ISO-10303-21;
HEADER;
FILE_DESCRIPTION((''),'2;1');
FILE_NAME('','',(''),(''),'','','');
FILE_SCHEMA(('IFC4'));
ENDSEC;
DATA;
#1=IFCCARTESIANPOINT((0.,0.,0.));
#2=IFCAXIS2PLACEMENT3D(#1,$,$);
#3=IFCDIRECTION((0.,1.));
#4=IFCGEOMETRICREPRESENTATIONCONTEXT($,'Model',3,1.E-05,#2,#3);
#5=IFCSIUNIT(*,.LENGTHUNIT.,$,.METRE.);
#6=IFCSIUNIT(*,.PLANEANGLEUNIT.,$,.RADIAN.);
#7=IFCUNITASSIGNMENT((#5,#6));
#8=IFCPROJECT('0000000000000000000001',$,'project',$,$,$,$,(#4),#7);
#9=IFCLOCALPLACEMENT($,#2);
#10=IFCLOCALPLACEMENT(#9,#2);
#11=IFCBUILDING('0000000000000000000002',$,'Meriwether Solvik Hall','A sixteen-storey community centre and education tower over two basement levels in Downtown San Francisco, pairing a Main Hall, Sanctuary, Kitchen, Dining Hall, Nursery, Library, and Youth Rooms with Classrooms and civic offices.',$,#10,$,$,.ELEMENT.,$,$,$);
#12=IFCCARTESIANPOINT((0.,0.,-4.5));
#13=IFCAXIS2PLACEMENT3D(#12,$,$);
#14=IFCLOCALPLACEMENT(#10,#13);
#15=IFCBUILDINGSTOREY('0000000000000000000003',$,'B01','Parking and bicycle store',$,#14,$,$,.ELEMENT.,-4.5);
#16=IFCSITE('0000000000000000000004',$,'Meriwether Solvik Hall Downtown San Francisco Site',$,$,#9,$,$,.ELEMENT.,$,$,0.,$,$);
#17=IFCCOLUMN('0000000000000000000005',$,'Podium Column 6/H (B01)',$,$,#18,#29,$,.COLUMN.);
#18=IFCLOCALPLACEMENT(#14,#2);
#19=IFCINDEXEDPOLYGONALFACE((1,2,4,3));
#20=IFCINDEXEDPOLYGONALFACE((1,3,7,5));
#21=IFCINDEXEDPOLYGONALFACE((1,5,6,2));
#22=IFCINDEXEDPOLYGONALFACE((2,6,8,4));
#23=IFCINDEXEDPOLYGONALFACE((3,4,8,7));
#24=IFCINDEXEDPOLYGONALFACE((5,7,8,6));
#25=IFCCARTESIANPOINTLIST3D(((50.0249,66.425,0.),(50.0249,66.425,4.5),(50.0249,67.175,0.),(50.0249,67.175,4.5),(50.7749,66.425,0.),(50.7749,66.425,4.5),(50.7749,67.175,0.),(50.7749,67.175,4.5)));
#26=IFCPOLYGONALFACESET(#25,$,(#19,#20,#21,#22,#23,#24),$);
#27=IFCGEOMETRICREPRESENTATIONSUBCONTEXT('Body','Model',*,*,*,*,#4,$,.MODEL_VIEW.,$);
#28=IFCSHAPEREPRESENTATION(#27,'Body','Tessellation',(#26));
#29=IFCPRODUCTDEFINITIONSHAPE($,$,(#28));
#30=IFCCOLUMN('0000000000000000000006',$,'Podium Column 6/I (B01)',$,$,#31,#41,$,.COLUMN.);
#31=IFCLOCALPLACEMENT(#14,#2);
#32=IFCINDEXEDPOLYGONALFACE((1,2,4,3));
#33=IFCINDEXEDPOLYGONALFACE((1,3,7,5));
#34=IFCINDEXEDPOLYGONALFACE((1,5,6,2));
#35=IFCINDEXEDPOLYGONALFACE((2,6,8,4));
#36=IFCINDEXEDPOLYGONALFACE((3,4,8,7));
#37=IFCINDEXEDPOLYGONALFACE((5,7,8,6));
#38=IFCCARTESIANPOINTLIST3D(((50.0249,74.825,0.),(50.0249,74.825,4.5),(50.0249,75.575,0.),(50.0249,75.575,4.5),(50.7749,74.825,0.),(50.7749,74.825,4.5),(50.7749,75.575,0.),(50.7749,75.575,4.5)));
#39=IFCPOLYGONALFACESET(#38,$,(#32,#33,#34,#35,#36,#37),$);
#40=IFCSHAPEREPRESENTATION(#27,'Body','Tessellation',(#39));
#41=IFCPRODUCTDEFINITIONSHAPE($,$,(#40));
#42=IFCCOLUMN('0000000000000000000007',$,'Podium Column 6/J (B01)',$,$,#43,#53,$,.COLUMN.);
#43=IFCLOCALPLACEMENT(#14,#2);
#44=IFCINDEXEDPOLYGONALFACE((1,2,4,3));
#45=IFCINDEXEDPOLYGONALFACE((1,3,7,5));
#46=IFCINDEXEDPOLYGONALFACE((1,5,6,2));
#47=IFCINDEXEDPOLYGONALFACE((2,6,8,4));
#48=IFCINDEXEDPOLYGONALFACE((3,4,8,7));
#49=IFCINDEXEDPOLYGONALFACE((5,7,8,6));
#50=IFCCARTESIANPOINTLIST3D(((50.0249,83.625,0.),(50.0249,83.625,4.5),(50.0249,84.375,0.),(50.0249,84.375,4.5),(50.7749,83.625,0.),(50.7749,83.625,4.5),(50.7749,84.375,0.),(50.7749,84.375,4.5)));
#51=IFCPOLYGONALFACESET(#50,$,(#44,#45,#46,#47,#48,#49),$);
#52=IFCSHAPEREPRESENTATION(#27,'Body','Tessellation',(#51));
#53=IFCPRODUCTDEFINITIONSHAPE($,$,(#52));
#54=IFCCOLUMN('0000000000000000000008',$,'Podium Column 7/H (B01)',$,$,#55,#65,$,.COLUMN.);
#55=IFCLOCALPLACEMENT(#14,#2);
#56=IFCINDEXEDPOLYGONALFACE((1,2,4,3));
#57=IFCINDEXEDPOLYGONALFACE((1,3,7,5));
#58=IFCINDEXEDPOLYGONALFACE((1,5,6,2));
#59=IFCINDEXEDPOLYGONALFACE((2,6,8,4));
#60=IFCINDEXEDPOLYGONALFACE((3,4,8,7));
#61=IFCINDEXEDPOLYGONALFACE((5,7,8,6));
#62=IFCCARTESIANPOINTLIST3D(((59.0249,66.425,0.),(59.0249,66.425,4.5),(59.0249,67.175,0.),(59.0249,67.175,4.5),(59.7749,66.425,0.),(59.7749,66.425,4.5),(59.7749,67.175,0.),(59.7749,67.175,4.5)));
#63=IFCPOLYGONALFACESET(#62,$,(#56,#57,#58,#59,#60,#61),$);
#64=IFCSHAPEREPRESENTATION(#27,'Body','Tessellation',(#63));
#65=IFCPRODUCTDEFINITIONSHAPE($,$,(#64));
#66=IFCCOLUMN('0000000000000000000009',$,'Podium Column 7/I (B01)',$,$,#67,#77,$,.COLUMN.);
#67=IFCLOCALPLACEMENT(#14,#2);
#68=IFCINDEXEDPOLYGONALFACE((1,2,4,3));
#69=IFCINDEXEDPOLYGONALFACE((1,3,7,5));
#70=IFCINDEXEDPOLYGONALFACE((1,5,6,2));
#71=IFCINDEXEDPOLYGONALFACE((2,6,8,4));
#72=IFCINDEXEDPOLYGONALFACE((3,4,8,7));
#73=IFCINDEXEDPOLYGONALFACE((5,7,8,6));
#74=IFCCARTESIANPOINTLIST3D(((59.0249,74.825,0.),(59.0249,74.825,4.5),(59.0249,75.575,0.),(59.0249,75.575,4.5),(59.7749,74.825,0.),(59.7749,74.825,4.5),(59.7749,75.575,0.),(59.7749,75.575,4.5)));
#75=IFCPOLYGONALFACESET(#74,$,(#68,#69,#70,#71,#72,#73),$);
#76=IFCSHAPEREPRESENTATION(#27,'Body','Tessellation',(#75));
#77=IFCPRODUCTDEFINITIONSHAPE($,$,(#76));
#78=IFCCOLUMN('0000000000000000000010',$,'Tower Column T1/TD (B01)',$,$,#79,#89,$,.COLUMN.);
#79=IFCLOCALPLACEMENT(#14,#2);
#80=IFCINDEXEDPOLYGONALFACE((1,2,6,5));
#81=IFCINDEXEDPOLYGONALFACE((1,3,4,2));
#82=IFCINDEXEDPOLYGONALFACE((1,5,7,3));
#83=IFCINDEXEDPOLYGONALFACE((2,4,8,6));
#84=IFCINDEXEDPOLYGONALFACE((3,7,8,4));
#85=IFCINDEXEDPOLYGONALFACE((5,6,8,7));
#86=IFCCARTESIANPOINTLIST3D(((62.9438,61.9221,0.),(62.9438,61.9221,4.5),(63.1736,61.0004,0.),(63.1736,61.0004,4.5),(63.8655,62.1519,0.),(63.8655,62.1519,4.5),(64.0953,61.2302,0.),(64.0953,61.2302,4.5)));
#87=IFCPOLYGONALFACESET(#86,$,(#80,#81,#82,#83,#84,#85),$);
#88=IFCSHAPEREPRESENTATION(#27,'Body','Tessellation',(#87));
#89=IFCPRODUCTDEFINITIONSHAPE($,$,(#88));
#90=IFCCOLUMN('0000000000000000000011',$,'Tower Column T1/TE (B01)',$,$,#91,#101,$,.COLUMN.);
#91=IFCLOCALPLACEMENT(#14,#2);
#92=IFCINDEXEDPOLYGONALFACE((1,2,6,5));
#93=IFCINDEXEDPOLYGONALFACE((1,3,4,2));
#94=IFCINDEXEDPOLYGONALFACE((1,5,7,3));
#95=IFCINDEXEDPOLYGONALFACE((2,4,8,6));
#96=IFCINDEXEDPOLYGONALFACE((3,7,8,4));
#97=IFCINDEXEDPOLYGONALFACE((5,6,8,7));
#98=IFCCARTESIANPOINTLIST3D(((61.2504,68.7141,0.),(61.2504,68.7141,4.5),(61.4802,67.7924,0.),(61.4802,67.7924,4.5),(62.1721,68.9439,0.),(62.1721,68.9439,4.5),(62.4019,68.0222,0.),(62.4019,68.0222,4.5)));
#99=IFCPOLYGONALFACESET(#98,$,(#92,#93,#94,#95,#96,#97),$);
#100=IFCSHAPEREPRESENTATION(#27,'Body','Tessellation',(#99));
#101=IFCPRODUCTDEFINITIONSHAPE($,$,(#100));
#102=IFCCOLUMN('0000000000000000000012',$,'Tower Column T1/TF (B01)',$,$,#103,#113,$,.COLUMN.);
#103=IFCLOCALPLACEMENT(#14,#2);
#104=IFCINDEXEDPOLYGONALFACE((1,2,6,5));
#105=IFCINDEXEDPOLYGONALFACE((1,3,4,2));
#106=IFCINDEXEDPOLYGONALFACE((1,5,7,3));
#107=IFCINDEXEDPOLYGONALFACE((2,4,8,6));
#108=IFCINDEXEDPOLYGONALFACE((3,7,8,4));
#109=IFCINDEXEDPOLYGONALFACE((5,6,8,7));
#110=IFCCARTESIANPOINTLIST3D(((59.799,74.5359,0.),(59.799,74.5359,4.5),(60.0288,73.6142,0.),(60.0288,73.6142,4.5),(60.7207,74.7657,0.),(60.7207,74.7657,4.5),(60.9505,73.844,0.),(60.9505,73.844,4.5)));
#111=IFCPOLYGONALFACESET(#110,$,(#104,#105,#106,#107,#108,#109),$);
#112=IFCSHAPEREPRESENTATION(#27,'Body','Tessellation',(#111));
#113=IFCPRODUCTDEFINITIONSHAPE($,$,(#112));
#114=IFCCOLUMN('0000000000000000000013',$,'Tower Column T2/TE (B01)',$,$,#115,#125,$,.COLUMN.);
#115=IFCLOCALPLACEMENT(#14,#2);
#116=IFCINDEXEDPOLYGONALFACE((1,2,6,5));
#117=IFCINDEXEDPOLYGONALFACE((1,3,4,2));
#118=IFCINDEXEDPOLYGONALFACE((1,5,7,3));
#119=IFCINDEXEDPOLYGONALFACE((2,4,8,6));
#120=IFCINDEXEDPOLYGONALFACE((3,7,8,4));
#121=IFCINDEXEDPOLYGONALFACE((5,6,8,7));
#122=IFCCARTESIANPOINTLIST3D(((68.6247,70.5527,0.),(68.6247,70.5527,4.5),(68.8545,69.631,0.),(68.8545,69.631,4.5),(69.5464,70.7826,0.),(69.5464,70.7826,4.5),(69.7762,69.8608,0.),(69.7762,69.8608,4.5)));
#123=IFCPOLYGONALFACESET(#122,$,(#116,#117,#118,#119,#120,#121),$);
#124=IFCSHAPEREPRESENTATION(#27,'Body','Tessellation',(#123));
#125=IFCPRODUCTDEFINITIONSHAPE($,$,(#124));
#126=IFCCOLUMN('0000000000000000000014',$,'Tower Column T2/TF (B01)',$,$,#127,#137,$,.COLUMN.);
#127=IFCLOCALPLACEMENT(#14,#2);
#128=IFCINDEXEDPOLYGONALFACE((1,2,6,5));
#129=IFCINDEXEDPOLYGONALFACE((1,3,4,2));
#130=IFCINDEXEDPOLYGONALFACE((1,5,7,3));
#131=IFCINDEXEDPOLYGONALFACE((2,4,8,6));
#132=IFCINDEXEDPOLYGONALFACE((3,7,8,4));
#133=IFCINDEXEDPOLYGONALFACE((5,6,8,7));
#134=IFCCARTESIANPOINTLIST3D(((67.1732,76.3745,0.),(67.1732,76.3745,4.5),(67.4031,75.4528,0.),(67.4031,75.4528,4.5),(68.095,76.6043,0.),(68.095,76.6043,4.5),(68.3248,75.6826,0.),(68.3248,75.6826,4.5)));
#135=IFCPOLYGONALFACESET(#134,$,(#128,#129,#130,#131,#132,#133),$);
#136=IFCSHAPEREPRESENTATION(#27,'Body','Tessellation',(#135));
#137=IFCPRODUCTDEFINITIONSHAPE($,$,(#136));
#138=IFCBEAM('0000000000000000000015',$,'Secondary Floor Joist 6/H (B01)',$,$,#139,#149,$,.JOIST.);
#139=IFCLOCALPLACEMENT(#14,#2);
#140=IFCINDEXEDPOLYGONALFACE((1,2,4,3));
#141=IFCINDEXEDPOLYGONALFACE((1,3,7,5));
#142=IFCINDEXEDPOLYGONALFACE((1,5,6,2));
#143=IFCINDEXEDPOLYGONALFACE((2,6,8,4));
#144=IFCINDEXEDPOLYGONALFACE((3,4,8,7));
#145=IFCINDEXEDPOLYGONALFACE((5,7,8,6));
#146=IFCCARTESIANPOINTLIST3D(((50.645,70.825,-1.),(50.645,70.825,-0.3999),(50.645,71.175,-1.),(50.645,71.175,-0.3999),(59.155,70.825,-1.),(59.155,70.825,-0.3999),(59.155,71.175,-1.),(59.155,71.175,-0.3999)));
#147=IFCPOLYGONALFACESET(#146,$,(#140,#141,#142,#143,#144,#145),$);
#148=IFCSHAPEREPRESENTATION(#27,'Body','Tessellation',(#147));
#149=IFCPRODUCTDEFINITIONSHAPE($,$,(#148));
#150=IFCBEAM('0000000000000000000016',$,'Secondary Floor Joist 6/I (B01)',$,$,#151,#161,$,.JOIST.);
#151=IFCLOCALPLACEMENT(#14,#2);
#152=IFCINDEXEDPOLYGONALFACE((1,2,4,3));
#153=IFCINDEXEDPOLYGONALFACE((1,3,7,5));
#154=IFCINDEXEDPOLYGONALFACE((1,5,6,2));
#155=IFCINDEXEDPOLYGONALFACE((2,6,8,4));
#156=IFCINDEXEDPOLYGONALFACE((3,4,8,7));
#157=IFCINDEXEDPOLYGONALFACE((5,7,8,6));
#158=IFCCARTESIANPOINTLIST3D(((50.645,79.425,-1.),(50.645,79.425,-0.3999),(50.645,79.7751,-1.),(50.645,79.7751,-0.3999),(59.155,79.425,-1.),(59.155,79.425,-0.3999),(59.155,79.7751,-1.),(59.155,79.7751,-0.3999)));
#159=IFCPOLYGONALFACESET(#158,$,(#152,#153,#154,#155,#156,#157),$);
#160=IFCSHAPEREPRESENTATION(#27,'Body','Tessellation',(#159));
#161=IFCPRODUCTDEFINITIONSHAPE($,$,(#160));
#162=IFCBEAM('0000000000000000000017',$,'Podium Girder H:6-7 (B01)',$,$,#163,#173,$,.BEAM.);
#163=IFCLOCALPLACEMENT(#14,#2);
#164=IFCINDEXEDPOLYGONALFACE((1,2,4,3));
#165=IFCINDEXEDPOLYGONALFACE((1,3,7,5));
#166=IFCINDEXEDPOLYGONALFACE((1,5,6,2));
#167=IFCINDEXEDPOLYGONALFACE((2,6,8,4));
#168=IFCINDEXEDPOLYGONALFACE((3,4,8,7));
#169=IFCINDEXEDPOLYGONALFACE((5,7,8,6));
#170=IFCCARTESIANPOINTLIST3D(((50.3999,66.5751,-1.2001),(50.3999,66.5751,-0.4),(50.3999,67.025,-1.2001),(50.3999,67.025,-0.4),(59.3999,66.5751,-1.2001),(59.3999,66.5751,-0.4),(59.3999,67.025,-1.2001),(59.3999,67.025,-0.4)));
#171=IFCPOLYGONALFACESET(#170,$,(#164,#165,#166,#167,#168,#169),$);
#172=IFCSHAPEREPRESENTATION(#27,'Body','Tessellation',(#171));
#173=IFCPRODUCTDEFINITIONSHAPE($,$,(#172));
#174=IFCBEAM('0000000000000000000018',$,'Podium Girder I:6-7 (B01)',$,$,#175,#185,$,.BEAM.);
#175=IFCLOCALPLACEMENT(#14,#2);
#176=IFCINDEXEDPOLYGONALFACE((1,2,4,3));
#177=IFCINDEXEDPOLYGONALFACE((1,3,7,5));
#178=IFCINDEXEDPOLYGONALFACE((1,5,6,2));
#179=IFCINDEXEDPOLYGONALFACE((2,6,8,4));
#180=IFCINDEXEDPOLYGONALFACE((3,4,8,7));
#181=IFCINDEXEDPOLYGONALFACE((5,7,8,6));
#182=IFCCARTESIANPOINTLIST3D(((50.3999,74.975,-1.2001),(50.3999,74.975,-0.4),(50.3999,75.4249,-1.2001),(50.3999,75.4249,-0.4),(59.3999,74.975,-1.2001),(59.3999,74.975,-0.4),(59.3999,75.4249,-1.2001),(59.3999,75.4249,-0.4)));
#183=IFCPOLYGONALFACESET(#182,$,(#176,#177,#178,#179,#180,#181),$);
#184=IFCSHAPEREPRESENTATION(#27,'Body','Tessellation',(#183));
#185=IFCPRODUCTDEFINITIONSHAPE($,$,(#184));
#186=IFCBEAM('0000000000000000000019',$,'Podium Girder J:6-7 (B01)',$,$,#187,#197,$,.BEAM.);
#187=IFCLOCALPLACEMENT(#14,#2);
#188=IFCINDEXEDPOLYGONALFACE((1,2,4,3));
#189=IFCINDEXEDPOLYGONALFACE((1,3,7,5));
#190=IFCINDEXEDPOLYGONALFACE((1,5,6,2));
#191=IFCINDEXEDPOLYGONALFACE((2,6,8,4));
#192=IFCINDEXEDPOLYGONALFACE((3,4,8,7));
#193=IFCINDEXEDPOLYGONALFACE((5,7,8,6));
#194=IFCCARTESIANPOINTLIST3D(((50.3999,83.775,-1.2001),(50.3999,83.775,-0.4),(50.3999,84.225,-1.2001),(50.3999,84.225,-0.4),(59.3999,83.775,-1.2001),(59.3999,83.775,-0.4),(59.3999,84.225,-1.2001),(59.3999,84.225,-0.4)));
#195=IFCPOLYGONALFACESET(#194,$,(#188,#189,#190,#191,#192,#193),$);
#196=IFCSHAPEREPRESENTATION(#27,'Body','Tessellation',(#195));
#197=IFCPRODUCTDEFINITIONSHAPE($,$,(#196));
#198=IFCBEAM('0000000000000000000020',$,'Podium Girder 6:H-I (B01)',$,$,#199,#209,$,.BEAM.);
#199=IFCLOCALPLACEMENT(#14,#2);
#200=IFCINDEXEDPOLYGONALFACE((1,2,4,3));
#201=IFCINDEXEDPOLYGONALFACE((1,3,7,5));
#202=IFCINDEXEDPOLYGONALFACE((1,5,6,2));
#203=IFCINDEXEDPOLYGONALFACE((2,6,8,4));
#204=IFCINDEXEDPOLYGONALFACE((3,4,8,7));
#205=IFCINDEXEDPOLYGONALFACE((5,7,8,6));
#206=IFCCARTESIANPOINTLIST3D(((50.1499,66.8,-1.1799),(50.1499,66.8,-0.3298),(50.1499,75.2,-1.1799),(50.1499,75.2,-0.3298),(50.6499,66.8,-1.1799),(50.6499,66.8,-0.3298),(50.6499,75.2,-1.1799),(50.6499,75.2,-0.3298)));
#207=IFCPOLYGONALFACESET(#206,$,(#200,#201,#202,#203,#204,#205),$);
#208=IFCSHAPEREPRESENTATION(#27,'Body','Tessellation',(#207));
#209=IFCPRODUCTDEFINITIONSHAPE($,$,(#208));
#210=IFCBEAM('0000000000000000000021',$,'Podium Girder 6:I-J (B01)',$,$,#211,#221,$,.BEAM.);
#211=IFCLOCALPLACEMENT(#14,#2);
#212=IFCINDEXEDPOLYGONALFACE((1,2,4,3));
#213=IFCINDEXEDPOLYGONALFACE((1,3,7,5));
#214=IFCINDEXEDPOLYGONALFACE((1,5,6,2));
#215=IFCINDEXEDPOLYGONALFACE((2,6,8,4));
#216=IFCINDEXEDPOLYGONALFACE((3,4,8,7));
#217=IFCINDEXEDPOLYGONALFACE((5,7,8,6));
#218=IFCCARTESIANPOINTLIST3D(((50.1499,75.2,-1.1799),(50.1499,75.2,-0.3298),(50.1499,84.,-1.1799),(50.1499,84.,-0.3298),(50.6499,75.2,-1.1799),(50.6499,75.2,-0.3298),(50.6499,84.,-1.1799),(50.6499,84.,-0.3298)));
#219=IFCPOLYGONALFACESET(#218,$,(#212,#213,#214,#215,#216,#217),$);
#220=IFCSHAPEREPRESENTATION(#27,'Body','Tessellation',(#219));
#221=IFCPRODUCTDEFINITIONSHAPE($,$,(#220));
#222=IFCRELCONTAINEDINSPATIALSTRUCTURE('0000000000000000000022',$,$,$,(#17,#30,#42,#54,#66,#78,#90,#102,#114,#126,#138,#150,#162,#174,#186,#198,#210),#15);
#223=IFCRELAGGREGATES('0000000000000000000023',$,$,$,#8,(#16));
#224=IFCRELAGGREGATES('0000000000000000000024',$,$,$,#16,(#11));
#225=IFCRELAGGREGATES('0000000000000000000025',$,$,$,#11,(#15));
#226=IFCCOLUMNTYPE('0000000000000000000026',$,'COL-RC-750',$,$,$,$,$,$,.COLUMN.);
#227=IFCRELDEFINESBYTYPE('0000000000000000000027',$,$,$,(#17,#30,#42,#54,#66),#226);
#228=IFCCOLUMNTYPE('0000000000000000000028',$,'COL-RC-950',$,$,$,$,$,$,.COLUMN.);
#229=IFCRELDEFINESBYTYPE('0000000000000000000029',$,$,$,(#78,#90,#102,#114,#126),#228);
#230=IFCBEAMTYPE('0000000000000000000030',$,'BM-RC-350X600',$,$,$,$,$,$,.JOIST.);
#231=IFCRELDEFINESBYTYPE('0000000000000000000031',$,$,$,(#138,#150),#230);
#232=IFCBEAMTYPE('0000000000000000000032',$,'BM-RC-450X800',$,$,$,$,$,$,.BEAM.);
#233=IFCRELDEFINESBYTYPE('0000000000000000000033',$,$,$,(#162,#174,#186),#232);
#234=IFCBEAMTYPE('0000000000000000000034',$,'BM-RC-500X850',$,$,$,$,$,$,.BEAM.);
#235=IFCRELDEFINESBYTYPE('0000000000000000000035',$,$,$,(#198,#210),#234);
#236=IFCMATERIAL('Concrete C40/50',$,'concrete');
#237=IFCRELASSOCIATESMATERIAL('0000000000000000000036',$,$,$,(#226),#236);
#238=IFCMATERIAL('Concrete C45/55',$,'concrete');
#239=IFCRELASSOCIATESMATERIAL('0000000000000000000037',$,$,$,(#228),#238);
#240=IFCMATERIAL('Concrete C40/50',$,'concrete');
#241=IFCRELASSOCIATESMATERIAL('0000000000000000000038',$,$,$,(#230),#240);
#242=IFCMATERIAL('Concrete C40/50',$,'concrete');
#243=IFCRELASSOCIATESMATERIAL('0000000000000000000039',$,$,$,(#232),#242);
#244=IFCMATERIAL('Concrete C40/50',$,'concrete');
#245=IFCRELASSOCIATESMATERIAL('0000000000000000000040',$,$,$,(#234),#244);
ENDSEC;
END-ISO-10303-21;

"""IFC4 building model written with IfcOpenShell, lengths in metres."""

from ifc_helpers import new_model, si_unit, direction, frame, origin, origin_2d, place, context, subcontext, project, spatial, rectangle, extrude, material, material_profile, profile_set, type_object, element, save


model = new_model("IFC4")

# Units and contexts
model_context = context("Model", 3, precision=1e-05, world=origin(), true_north=direction((0.0, 1.0)))
body_context = subcontext(model_context, "Body", "Model", "MODEL_VIEW")
ifc_project = project(units=[si_unit("LENGTHUNIT", "METRE"), si_unit("PLANEANGLEUNIT", "RADIAN")], contexts=[model_context])

# Site, building, storey
site_placement = place(None, origin())
site = spatial("IfcSite", under=ifc_project, at=site_placement, Name="Meriwether Solvik Hall Downtown San Francisco Site", CompositionType="ELEMENT", RefElevation=0.0)
building_placement = place(site_placement, origin())
building = spatial("IfcBuilding", under=site, at=building_placement, Name="Meriwether Solvik Hall", Description="A sixteen-storey community centre and education tower over two basement levels in Downtown San Francisco, pairing a Main Hall, Sanctuary, Kitchen, Dining Hall, Nursery, Library, and Youth Rooms with Classrooms and civic offices.", CompositionType="ELEMENT")
storey_placement = place(building_placement, frame((0.0, 0.0, -4.5)))
storey = spatial("IfcBuildingStorey", under=building, at=storey_placement, Name="B01", Description="Parking and bicycle store", CompositionType="ELEMENT", Elevation=-4.5)

# Columns
ifc_material_1 = material(Name="Concrete C40/50", Category="concrete")
ifc_material_profile_1 = material_profile(ifc_material_1, rectangle(XDim=0.75, YDim=0.75, at=origin_2d()), Name="RCC-750X750")
ifc_profile_set_1 = profile_set([ifc_material_profile_1], Name="Concrete C40/50")
column_type_1 = type_object("IfcColumnType", Name="COL-RC-750", PredefinedType="COLUMN", material=ifc_profile_set_1)
for number, where, z_axis, x_axis, name in (
    (1, (50.3999, 66.8, 0.0), (0.0, 0.0, 1.0), (1.0, 0.0, 0.0), "Podium Column 6/H (B01)"),
    (2, (50.3999, 75.2, 0.0), (0.0, 0.0, 1.0), (1.0, 0.0, 0.0), "Podium Column 6/I (B01)"),
    (3, (50.3999, 84.0, 0.0), (0.0, 0.0, 1.0), (1.0, 0.0, 0.0), "Podium Column 6/J (B01)"),
    (4, (59.3999, 66.8, 0.0), (0.0, 0.0, 1.0), (1.0, 0.0, 0.0), "Podium Column 7/H (B01)"),
    (5, (59.3999, 75.2, 0.0), (0.0, 0.0, 1.0), (1.0, 0.0, 0.0), "Podium Column 7/I (B01)"),
):
    element("IfcColumn", number, at=place(storey_placement, frame(where, z_axis=z_axis, x_axis=x_axis)), inside=storey, type_object=column_type_1, Name=name, PredefinedType="COLUMN", context=body_context, shape_type="SweptSolid", body=[
        extrude(rectangle(XDim=0.75, YDim=0.75, at=origin_2d()), origin(), (0.0, 0.0, 1.0), 4.5),
    ])
ifc_material_2 = material(Name="Concrete C45/55", Category="concrete")
ifc_material_profile_2 = material_profile(ifc_material_2, rectangle(XDim=0.95, YDim=0.95, at=origin_2d()), Name="RCC-950X950")
ifc_profile_set_2 = profile_set([ifc_material_profile_2], Name="Concrete C45/55")
column_type_2 = type_object("IfcColumnType", Name="COL-RC-950", PredefinedType="COLUMN", material=ifc_profile_set_2)
for number, where, z_axis, x_axis, name in (
    (6, (63.5195, 61.5762, 0.0), (0.0, 0.0, 1.0), (0.970296, 0.241922, 0.0), "Tower Column T1/TD (B01)"),
    (7, (61.8262, 68.3682, 0.0), (0.0, 0.0, 1.0), (0.970296, 0.241922, 0.0), "Tower Column T1/TE (B01)"),
    (8, (60.3748, 74.1899, 0.0), (0.0, 0.0, 1.0), (0.970296, 0.241922, 0.0), "Tower Column T1/TF (B01)"),
    (9, (69.2004, 70.2068, 0.0), (0.0, 0.0, 1.0), (0.970296, 0.241922, 0.0), "Tower Column T2/TE (B01)"),
    (10, (67.749, 76.0286, 0.0), (0.0, 0.0, 1.0), (0.970296, 0.241922, 0.0), "Tower Column T2/TF (B01)"),
):
    element("IfcColumn", number, at=place(storey_placement, frame(where, z_axis=z_axis, x_axis=x_axis)), inside=storey, type_object=column_type_2, Name=name, PredefinedType="COLUMN", context=body_context, shape_type="SweptSolid", body=[
        extrude(rectangle(XDim=0.95, YDim=0.95, at=origin_2d()), origin(), (0.0, 0.0, 1.0), 4.5),
    ])

# Beams
ifc_material_3 = material(Name="Concrete C40/50", Category="concrete")
ifc_material_profile_3 = material_profile(ifc_material_3, rectangle(XDim=0.3501, YDim=0.6001, at=origin_2d()), Name="RCB-350X600")
ifc_profile_set_3 = profile_set([ifc_material_profile_3], Name="Concrete C40/50")
beam_type_1 = type_object("IfcBeamType", Name="BM-RC-350X600", PredefinedType="JOIST", material=ifc_profile_set_3)
for number, where, z_axis, x_axis, name in (
    (11, (50.645, 71.0, -0.7), (1.0, 0.0, 0.0), (0.0, 1.0, 0.0), "Secondary Floor Joist 6/H (B01)"),
    (12, (50.645, 79.6001, -0.7), (1.0, 0.0, 0.0), (0.0, 1.0, 0.0), "Secondary Floor Joist 6/I (B01)"),
):
    element("IfcBeam", number, at=place(storey_placement, frame(where, z_axis=z_axis, x_axis=x_axis)), inside=storey, type_object=beam_type_1, Name=name, PredefinedType="JOIST", context=body_context, shape_type="SweptSolid", body=[
        extrude(rectangle(XDim=0.3501, YDim=0.6001, at=origin_2d()), origin(), (0.0, 0.0, 1.0), 8.51),
    ])
ifc_material_4 = material(Name="Concrete C40/50", Category="concrete")
ifc_material_profile_4 = material_profile(ifc_material_4, rectangle(XDim=0.45, YDim=0.8, at=origin_2d()), Name="RCB-450X800")
ifc_profile_set_4 = profile_set([ifc_material_profile_4], Name="Concrete C40/50")
beam_type_2 = type_object("IfcBeamType", Name="BM-RC-450X800", PredefinedType="BEAM", material=ifc_profile_set_4)
for number, where, z_axis, x_axis, name in (
    (13, (50.3999, 66.8, -0.8), (1.0, 0.0, 0.0), (0.0, 1.0, 0.0), "Podium Girder H:6-7 (B01)"),
    (14, (50.3999, 75.2, -0.8), (1.0, 0.0, 0.0), (0.0, 1.0, 0.0), "Podium Girder I:6-7 (B01)"),
    (15, (50.3999, 84.0, -0.8), (1.0, 0.0, 0.0), (0.0, 1.0, 0.0), "Podium Girder J:6-7 (B01)"),
):
    element("IfcBeam", number, at=place(storey_placement, frame(where, z_axis=z_axis, x_axis=x_axis)), inside=storey, type_object=beam_type_2, Name=name, PredefinedType="BEAM", context=body_context, shape_type="SweptSolid", body=[
        extrude(rectangle(XDim=0.45, YDim=0.8, at=origin_2d()), origin(), (0.0, 0.0, 1.0), 9.0),
    ])
ifc_material_5 = material(Name="Concrete C40/50", Category="concrete")
ifc_material_profile_5 = material_profile(ifc_material_5, rectangle(XDim=0.5, YDim=0.8501, at=origin_2d()), Name="RCB-500X850")
ifc_profile_set_5 = profile_set([ifc_material_profile_5], Name="Concrete C40/50")
beam_type_3 = type_object("IfcBeamType", Name="BM-RC-500X850", PredefinedType="BEAM", material=ifc_profile_set_5)
beam_1_placement = place(storey_placement, frame((50.3999, 66.8, -0.7549), z_axis=(0.0, 1.0, 0.0), x_axis=(-1.0, 0.0, 0.0)))
element("IfcBeam", 16, at=beam_1_placement, inside=storey, type_object=beam_type_3, Name="Podium Girder 6:H-I (B01)", PredefinedType="BEAM", context=body_context, shape_type="SweptSolid", body=[
    extrude(rectangle(XDim=0.5, YDim=0.8501, at=origin_2d()), origin(), (0.0, 0.0, 1.0), 8.3999),
])
beam_2_placement = place(storey_placement, frame((50.3999, 75.2, -0.7549), z_axis=(0.0, 1.0, 0.0), x_axis=(-1.0, 0.0, 0.0)))
element("IfcBeam", 17, at=beam_2_placement, inside=storey, type_object=beam_type_3, Name="Podium Girder 6:I-J (B01)", PredefinedType="BEAM", context=body_context, shape_type="SweptSolid", body=[
    extrude(rectangle(XDim=0.5, YDim=0.8501, at=origin_2d()), origin(), (0.0, 0.0, 1.0), 8.8),
])

save(model, "model.ifc")
